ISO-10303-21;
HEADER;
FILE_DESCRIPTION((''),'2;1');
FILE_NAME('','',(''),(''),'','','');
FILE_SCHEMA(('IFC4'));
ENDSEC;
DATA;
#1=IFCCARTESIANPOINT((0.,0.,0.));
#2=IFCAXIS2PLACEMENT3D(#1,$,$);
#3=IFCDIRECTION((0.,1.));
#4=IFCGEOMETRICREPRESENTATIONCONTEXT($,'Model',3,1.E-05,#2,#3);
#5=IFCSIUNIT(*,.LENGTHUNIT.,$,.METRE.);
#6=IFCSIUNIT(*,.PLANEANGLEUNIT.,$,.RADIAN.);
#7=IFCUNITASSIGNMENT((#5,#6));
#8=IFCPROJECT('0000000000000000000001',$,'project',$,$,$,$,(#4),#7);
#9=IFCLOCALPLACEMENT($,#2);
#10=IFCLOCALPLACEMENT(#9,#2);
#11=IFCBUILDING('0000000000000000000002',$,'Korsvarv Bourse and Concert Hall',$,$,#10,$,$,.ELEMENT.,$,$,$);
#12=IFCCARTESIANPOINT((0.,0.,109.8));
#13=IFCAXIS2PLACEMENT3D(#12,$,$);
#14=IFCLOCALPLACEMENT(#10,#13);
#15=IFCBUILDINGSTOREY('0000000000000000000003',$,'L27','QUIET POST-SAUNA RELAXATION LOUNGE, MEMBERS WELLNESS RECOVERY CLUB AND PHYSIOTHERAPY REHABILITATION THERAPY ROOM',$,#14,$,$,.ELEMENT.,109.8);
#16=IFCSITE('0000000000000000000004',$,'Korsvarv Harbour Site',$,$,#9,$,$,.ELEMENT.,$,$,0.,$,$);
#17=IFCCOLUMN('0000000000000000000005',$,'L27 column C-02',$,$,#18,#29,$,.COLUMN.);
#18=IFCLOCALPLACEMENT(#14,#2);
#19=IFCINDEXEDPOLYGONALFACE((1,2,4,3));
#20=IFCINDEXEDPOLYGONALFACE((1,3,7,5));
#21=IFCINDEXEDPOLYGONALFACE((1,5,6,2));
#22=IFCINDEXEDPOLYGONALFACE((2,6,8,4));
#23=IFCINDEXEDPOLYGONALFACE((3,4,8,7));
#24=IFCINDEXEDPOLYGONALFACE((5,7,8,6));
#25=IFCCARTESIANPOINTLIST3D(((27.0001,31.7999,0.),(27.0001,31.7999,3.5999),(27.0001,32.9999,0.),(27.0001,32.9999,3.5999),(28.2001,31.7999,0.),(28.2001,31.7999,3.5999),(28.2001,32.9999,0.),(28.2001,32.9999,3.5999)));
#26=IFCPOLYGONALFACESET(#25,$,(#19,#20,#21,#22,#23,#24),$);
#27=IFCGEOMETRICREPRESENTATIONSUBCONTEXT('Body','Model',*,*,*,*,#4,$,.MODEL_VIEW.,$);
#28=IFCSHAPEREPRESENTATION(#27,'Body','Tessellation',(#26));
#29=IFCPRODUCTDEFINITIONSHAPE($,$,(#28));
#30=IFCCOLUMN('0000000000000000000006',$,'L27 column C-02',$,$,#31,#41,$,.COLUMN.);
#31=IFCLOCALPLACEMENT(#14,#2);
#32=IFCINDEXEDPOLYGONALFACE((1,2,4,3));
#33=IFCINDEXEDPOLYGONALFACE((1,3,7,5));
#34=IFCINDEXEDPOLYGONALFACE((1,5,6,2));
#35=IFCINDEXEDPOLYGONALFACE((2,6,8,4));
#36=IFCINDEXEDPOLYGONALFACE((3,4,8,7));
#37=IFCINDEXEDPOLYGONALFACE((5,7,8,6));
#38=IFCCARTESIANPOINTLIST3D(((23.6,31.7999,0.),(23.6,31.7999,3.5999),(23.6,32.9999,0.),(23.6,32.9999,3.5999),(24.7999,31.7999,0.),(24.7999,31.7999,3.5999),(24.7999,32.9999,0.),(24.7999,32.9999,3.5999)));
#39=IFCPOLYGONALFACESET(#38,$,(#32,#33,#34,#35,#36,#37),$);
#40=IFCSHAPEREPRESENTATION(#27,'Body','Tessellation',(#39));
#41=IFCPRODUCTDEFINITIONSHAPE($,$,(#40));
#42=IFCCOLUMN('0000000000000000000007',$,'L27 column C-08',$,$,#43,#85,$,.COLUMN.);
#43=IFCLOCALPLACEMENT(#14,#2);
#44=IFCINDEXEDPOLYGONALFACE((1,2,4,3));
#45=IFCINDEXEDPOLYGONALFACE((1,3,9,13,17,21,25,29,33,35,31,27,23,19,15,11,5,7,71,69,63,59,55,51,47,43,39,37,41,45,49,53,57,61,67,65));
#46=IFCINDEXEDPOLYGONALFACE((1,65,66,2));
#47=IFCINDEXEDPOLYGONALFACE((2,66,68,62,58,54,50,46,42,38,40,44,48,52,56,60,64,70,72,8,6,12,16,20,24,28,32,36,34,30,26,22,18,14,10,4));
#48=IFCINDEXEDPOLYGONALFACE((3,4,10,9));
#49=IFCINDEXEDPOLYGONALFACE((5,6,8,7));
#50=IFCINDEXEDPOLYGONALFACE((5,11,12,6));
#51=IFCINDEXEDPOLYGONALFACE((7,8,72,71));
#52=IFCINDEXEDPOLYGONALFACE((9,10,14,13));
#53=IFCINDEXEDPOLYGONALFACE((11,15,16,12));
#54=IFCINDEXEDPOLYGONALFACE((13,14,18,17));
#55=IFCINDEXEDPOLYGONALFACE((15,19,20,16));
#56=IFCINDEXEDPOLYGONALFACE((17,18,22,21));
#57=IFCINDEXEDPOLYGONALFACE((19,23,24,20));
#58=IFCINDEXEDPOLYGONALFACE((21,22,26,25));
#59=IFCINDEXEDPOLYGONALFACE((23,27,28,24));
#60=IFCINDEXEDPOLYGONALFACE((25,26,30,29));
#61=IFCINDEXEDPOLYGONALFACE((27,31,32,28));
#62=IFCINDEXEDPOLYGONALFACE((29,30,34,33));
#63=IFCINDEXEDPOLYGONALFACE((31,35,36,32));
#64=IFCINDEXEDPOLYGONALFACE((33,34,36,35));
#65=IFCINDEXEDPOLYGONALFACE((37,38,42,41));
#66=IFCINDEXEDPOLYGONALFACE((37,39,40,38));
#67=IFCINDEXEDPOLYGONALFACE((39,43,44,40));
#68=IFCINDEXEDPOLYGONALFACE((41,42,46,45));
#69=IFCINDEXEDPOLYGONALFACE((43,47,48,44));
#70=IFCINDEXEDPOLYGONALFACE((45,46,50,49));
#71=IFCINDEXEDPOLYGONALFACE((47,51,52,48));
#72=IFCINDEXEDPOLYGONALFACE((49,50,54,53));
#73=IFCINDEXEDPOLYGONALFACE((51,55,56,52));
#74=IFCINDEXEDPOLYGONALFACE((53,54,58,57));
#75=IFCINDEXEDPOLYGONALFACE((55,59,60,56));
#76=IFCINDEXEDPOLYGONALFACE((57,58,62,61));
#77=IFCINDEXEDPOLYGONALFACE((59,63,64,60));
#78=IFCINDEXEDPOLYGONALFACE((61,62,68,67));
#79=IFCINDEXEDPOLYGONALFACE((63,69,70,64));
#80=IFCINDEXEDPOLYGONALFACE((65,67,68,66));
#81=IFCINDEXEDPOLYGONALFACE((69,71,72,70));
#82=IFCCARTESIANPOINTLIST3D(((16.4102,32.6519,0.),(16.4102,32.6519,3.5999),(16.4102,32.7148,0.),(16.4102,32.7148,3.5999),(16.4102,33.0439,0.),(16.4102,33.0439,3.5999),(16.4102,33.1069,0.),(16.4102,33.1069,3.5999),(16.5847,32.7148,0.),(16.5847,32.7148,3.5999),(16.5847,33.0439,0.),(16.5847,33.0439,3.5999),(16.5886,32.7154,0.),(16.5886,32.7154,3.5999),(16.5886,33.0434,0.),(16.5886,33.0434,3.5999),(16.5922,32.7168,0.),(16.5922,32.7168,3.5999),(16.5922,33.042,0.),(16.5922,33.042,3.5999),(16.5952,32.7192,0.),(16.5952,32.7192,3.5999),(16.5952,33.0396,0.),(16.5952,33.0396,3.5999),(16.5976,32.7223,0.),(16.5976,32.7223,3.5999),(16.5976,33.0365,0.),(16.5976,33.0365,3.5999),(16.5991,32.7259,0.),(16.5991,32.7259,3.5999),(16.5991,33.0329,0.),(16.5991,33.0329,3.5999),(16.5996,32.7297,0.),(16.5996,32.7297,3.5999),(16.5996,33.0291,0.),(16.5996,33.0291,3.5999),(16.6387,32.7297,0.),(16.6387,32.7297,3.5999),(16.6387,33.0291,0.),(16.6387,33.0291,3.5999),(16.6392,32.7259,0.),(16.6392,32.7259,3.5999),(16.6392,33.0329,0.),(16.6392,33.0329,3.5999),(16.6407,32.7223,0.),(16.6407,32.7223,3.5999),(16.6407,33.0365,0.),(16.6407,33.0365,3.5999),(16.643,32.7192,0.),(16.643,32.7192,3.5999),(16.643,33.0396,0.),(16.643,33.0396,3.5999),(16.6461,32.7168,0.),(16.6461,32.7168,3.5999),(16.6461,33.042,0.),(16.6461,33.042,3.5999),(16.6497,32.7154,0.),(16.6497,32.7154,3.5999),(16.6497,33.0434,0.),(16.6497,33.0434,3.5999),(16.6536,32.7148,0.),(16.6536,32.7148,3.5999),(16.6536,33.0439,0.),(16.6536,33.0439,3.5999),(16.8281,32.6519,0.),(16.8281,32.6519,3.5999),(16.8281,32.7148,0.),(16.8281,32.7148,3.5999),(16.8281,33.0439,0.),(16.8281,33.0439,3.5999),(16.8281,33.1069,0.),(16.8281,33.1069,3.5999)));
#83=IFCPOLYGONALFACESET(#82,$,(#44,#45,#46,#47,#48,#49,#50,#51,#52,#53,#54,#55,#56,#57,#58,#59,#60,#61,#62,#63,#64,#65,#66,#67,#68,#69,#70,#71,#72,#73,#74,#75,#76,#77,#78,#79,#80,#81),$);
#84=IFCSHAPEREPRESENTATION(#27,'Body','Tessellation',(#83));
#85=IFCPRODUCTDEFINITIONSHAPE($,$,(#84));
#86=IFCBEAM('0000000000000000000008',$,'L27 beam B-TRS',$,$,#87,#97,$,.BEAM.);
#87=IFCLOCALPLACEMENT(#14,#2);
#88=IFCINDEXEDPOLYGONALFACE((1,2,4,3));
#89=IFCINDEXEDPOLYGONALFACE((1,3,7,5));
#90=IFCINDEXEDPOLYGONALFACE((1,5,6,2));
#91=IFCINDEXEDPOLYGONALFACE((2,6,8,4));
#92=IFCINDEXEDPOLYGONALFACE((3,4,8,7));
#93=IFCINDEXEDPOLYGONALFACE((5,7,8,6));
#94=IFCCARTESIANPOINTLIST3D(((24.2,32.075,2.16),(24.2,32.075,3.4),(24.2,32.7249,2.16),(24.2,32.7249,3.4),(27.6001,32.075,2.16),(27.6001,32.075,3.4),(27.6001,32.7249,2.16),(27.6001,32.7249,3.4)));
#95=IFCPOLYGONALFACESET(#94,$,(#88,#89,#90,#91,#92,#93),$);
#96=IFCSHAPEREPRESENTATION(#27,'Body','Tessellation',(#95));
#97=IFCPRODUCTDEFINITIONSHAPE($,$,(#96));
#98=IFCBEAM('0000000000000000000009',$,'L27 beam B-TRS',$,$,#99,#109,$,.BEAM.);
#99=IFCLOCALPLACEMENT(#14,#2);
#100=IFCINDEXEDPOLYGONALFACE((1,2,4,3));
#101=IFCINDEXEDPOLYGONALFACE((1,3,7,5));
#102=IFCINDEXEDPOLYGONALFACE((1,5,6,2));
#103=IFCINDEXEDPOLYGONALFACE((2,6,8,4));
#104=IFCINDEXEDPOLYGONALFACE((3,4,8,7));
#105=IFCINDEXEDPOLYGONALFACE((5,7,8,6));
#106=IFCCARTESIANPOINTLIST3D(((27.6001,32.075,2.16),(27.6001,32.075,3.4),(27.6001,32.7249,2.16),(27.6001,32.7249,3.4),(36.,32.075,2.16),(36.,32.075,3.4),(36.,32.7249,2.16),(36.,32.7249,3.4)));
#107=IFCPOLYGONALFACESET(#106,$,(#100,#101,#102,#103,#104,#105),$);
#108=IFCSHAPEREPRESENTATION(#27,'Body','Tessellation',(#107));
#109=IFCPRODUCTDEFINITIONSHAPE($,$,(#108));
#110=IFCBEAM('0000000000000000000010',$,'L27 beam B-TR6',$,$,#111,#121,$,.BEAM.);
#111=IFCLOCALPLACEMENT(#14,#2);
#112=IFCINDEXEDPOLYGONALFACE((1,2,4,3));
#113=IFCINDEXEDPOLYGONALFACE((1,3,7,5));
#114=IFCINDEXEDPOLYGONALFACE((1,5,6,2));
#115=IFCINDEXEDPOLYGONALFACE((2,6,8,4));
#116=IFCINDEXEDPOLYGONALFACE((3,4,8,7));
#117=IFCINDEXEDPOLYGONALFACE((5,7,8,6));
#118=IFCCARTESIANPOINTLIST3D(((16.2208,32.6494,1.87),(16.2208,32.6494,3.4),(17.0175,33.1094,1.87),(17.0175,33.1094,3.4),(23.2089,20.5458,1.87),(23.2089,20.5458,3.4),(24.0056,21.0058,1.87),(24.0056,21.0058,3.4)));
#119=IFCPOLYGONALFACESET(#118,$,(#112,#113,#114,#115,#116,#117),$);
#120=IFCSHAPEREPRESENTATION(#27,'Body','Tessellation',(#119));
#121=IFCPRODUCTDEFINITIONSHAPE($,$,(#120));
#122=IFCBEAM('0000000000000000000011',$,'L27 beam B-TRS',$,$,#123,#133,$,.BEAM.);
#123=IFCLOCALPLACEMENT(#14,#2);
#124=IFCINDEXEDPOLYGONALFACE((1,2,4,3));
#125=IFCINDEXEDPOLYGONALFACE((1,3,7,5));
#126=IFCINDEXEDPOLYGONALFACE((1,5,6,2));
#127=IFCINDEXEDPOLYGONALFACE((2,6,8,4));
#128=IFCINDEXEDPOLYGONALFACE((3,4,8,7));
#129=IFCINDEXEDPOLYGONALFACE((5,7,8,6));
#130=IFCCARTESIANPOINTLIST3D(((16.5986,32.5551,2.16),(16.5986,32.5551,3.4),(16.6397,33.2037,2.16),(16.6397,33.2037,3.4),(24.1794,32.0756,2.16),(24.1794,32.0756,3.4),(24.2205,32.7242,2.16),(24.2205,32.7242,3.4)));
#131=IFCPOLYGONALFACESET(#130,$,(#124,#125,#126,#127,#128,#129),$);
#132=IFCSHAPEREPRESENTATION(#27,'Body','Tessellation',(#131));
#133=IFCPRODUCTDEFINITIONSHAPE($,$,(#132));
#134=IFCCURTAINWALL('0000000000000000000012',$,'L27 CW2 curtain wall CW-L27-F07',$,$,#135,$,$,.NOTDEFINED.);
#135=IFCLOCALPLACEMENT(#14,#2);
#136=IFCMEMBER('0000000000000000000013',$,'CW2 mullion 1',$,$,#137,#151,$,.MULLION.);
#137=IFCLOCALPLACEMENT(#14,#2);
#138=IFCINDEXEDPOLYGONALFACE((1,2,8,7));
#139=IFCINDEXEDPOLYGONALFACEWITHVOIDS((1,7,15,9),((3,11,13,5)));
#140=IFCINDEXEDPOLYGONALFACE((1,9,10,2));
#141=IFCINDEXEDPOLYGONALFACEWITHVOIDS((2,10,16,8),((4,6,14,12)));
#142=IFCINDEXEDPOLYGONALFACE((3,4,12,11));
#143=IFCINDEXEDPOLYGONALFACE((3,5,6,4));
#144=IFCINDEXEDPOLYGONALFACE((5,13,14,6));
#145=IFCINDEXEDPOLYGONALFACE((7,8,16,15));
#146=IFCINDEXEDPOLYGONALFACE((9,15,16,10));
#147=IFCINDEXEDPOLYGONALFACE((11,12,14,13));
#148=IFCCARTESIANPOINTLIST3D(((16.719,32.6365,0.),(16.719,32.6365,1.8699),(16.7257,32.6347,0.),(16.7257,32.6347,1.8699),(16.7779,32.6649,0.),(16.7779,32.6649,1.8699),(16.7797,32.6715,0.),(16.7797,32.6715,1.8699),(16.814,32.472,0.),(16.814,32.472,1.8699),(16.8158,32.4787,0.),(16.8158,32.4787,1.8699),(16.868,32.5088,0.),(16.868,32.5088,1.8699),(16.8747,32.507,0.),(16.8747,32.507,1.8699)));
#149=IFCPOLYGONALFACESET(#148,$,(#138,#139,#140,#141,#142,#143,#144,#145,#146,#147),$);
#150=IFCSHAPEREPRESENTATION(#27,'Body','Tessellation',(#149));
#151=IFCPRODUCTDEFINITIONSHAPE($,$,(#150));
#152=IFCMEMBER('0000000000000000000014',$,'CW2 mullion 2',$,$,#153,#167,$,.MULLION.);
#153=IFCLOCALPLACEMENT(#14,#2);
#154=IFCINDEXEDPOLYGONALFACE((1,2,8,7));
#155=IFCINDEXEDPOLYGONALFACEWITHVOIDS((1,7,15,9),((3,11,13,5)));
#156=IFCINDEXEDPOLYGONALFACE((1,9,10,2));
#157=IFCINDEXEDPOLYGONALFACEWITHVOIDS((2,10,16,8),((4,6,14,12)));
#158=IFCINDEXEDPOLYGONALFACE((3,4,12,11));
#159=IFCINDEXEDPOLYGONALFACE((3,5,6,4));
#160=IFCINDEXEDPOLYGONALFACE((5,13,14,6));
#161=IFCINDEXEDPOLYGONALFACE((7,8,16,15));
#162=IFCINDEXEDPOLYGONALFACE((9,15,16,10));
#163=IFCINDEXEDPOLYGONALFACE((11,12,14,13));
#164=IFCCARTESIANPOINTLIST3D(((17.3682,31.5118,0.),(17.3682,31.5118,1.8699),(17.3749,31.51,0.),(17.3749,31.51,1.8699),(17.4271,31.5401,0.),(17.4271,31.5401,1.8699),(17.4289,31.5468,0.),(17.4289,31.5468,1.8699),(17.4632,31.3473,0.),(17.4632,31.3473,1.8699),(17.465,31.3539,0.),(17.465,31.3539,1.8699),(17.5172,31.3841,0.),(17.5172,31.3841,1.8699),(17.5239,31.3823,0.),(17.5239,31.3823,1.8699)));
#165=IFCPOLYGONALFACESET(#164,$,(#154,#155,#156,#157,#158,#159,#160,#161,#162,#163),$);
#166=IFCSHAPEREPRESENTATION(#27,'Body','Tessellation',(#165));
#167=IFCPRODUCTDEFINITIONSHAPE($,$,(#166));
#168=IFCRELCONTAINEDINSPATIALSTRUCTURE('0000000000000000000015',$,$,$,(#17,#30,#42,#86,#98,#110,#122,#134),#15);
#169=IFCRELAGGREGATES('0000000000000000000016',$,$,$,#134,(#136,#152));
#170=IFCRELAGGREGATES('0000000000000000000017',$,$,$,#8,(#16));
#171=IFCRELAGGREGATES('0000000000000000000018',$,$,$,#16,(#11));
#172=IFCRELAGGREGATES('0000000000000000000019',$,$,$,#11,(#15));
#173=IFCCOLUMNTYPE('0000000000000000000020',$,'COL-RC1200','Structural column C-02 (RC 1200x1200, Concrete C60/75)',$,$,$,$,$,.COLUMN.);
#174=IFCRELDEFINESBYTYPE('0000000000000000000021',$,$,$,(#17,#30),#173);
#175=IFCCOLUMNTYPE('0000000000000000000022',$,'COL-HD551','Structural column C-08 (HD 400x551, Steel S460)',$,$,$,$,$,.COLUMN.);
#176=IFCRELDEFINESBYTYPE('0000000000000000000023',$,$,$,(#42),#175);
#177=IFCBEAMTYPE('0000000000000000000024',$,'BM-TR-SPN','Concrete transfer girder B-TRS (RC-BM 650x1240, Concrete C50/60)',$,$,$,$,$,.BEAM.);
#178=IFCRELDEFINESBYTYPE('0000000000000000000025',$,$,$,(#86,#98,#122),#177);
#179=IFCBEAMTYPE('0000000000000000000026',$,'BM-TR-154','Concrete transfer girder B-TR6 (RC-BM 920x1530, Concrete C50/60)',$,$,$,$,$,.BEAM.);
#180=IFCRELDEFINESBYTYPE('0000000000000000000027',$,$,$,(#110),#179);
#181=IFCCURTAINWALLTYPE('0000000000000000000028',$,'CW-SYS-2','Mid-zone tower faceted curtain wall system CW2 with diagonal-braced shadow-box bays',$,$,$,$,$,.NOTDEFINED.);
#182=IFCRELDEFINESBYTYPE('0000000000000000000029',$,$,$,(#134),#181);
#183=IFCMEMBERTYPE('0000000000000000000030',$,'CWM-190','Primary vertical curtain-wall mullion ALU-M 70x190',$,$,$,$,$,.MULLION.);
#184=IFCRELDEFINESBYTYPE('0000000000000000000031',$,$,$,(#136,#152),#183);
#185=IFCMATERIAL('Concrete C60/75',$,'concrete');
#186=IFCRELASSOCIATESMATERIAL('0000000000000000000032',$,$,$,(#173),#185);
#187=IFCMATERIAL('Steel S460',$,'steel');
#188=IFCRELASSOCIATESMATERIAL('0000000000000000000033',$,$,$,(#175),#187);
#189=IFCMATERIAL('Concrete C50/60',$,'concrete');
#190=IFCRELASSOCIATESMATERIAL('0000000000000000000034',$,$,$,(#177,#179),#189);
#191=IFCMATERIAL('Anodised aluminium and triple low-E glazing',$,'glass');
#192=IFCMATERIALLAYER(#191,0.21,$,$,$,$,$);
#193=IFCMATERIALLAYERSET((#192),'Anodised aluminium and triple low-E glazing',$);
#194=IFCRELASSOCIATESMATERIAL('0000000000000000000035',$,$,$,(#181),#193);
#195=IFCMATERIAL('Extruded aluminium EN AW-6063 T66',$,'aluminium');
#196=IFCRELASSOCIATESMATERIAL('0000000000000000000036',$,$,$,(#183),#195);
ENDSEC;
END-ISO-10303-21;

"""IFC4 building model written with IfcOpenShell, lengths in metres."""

from ifc_helpers import new_model, si_unit, direction, frame, origin, origin_2d, place, context, subcontext, project, spatial, rectangle, hollow_rectangle, i_section, extrude, source, transform, mapped, material, layer, layer_set, material_profile, profile_set, type_object, element, aggregate, save


model = new_model("IFC4")

# Units and contexts
model_context = context("Model", 3, precision=1e-05, world=origin(), true_north=direction((0.0, 1.0)))
body_context = subcontext(model_context, "Body", "Model", "MODEL_VIEW")
ifc_project = project(units=[si_unit("LENGTHUNIT", "METRE"), si_unit("PLANEANGLEUNIT", "RADIAN")], contexts=[model_context])

# Site, building, storey
site_placement = place(None, origin())
site = spatial("IfcSite", under=ifc_project, at=site_placement, Name="Korsvarv Harbour Site", CompositionType="ELEMENT", RefElevation=0.0)
building_placement = place(site_placement, origin())
building = spatial("IfcBuilding", under=site, at=building_placement, Name="Korsvarv Bourse and Concert Hall", CompositionType="ELEMENT")
storey_placement = place(building_placement, frame((0.0, 0.0, 109.8)))
storey = spatial("IfcBuildingStorey", under=building, at=storey_placement, Name="L27", Description="QUIET POST-SAUNA RELAXATION LOUNGE, MEMBERS WELLNESS RECOVERY CLUB AND PHYSIOTHERAPY REHABILITATION THERAPY ROOM", CompositionType="ELEMENT", Elevation=109.8)

# Columns
ifc_material_1 = material(Name="Concrete C60/75", Category="concrete")
ifc_material_profile_1 = material_profile(ifc_material_1, rectangle(XDim=1.2, YDim=1.2, at=origin_2d()), Name="RC 1200x1200")
ifc_profile_set_1 = profile_set([ifc_material_profile_1], Name="Concrete C60/75")
column_type_1 = type_object("IfcColumnType", Name="COL-RC1200", Description="Structural column C-02 (RC 1200x1200, Concrete C60/75)", PredefinedType="COLUMN", material=ifc_profile_set_1)
shared_shape_1 = source(origin(), body_context, "Body", "SweptSolid", [
    extrude(rectangle(XDim=1.2, YDim=1.2, at=origin_2d()), origin(), (0.0, 0.0, 1.0), 3.5999),
])
for number, where, z_axis, x_axis, name in (
    (1, (27.6001, 32.3999, 0.0), (0.0, 0.0, 1.0), (1.0, 0.0, 0.0), "L27 column C-02"),
    (2, (24.2, 32.3999, 0.0), (0.0, 0.0, 1.0), (1.0, 0.0, 0.0), "L27 column C-02"),
):
    element("IfcColumn", number, at=place(storey_placement, frame(where, z_axis=z_axis, x_axis=x_axis)), inside=storey, type_object=column_type_1, Name=name, PredefinedType="COLUMN", context=body_context, shape_type="MappedRepresentation", body=[
        mapped(shared_shape_1, transform((0.0, 0.0, 0.0), scale=1.0)),
    ])
ifc_material_2 = material(Name="Steel S460", Category="steel")
ifc_material_profile_2 = material_profile(ifc_material_2, i_section(OverallWidth=0.418, OverallDepth=0.4551, WebThickness=0.0391, FlangeThickness=0.063, FilletRadius=0.0149, at=origin_2d()), Name="HD 400x551")
ifc_profile_set_2 = profile_set([ifc_material_profile_2], Name="Steel S460")
column_type_2 = type_object("IfcColumnType", Name="COL-HD551", Description="Structural column C-08 (HD 400x551, Steel S460)", PredefinedType="COLUMN", material=ifc_profile_set_2)
shared_shape_2 = source(origin(), body_context, "Body", "SweptSolid", [
    extrude(i_section(OverallWidth=0.418, OverallDepth=0.4551, WebThickness=0.0391, FlangeThickness=0.063, FilletRadius=0.0149, at=origin_2d()), origin(), (0.0, 0.0, 1.0), 3.5999),
])
column_placement = place(storey_placement, frame((16.6191, 32.8794, 0.0), z_axis=(0.0, 0.0, 1.0), x_axis=(1.0, 0.0, 0.0)))
element("IfcColumn", 3, at=column_placement, inside=storey, type_object=column_type_2, Name="L27 column C-08", PredefinedType="COLUMN", context=body_context, shape_type="MappedRepresentation", body=[
    mapped(shared_shape_2, transform((0.0, 0.0, 0.0), scale=1.0)),
])

# Beams
ifc_material_3 = material(Name="Concrete C50/60", Category="concrete")
ifc_material_profile_3 = material_profile(ifc_material_3, rectangle(XDim=0.6499, YDim=1.24, at=origin_2d()), Name="RC-BM 650x1240")
ifc_profile_set_3 = profile_set([ifc_material_profile_3], Name="Concrete C50/60")
beam_type_1 = type_object("IfcBeamType", Name="BM-TR-SPN", Description="Concrete transfer girder B-TRS (RC-BM 650x1240, Concrete C50/60)", PredefinedType="BEAM", material=ifc_profile_set_3)
shared_shape_3 = source(origin(), body_context, "Body", "SweptSolid", [
    extrude(rectangle(XDim=0.6499, YDim=1.24, at=origin_2d()), origin(), (0.0, 0.0, 1.0), 3.4001),
])
beam_1_placement = place(storey_placement, frame((24.2, 32.3999, 2.78), z_axis=(1.0, 0.0, 0.0), x_axis=(0.0, 1.0, 0.0)))
element("IfcBeam", 4, at=beam_1_placement, inside=storey, type_object=beam_type_1, Name="L27 beam B-TRS", PredefinedType="BEAM", context=body_context, shape_type="MappedRepresentation", body=[
    mapped(shared_shape_3, transform((0.0, 0.0, 0.0), scale=1.0)),
])
shared_shape_4 = source(origin(), body_context, "Body", "SweptSolid", [
    extrude(rectangle(XDim=0.6499, YDim=1.24, at=origin_2d()), origin(), (0.0, 0.0, 1.0), 8.3999),
])
beam_2_placement = place(storey_placement, frame((27.6001, 32.3999, 2.78), z_axis=(1.0, 0.0, 0.0), x_axis=(0.0, 1.0, 0.0)))
element("IfcBeam", 5, at=beam_2_placement, inside=storey, type_object=beam_type_1, Name="L27 beam B-TRS", PredefinedType="BEAM", context=body_context, shape_type="MappedRepresentation", body=[
    mapped(shared_shape_4, transform((0.0, 0.0, 0.0), scale=1.0)),
])
ifc_material_profile_4 = material_profile(ifc_material_3, rectangle(XDim=0.9199, YDim=1.53, at=origin_2d()), Name="RC-BM 920x1530")
ifc_profile_set_4 = profile_set([ifc_material_profile_4], Name="Concrete C50/60")
beam_type_2 = type_object("IfcBeamType", Name="BM-TR-154", Description="Concrete transfer girder B-TR6 (RC-BM 920x1530, Concrete C50/60)", PredefinedType="BEAM", material=ifc_profile_set_4)
shared_shape_5 = source(origin(), body_context, "Body", "SweptSolid", [
    extrude(rectangle(XDim=0.9199, YDim=1.53, at=origin_2d()), origin(), (0.0, 0.0, 1.0), 13.9761),
])
beam_3_placement = place(storey_placement, frame((16.6191, 32.8794, 2.635), z_axis=(0.500004, -0.866023, 0.0), x_axis=(0.866023, 0.500004, 0.0)))
element("IfcBeam", 6, at=beam_3_placement, inside=storey, type_object=beam_type_2, Name="L27 beam B-TR6", PredefinedType="BEAM", context=body_context, shape_type="MappedRepresentation", body=[
    mapped(shared_shape_5, transform((0.0, 0.0, 0.0), scale=1.0)),
])
shared_shape_6 = source(origin(), body_context, "Body", "SweptSolid", [
    extrude(rectangle(XDim=0.6499, YDim=1.24, at=origin_2d()), origin(), (0.0, 0.0, 1.0), 7.5959),
])
beam_4_placement = place(storey_placement, frame((16.6191, 32.8794, 2.78), z_axis=(0.998006, -0.063125, 0.0), x_axis=(0.063125, 0.998006, 0.0)))
element("IfcBeam", 7, at=beam_4_placement, inside=storey, type_object=beam_type_1, Name="L27 beam B-TRS", PredefinedType="BEAM", context=body_context, shape_type="MappedRepresentation", body=[
    mapped(shared_shape_6, transform((0.0, 0.0, 0.0), scale=1.0)),
])

# Curtain wall, members
ifc_material_4 = material(Name="Anodised aluminium and triple low-E glazing", Category="glass")
ifc_layer_1 = layer(ifc_material_4, 0.21)
ifc_layer_set_1 = layer_set([ifc_layer_1], Name="Anodised aluminium and triple low-E glazing")
curtain_wall_type = type_object("IfcCurtainWallType", Name="CW-SYS-2", Description="Mid-zone tower faceted curtain wall system CW2 with diagonal-braced shadow-box bays", PredefinedType="NOTDEFINED", material=ifc_layer_set_1)
curtain_wall_placement = place(storey_placement, origin())
curtain_wall = element("IfcCurtainWall", 8, at=curtain_wall_placement, inside=storey, type_object=curtain_wall_type, Name="L27 CW2 curtain wall CW-L27-F07", PredefinedType="NOTDEFINED")
ifc_material_5 = material(Name="Extruded aluminium EN AW-6063 T66", Category="aluminium")
ifc_material_profile_5 = material_profile(ifc_material_5, hollow_rectangle(XDim=0.0701, YDim=0.1899, WallThickness=0.0049, at=origin_2d()), Name="ALU-M 70x190")
ifc_profile_set_5 = profile_set([ifc_material_profile_5], Name="Extruded aluminium EN AW-6063 T66")
member_type_1 = type_object("IfcMemberType", Name="CWM-190", Description="Primary vertical curtain-wall mullion ALU-M 70x190", PredefinedType="MULLION", material=ifc_profile_set_5)
shared_shape_7 = source(origin(), body_context, "Body", "SweptSolid", [
    extrude(hollow_rectangle(XDim=0.0701, YDim=0.1899, WallThickness=0.0049, at=origin_2d()), origin(), (0.0, 0.0, 1.0), 1.8699),
])
member_1_placement = place(storey_placement, frame((16.7969, 32.5718, 0.0), z_axis=(0.0, 0.0, 1.0), x_axis=(0.866022, 0.500006, 0.0)))
member_1 = element("IfcMember", 9, at=member_1_placement, type_object=member_type_1, Name="CW2 mullion 1", PredefinedType="MULLION", context=body_context, shape_type="MappedRepresentation", body=[
    mapped(shared_shape_7, transform((0.0, 0.0, 0.0), scale=1.0)),
])
member_2_placement = place(storey_placement, frame((17.446, 31.447, 0.0), z_axis=(0.0, 0.0, 1.0), x_axis=(0.866022, 0.500006, 0.0)))
member_2 = element("IfcMember", 10, at=member_2_placement, type_object=member_type_1, Name="CW2 mullion 2", PredefinedType="MULLION", context=body_context, shape_type="MappedRepresentation", body=[
    mapped(shared_shape_7, transform((0.0, 0.0, 0.0), scale=1.0)),
])
aggregate(curtain_wall, [member_1, member_2])

save(model, "model.ifc")
